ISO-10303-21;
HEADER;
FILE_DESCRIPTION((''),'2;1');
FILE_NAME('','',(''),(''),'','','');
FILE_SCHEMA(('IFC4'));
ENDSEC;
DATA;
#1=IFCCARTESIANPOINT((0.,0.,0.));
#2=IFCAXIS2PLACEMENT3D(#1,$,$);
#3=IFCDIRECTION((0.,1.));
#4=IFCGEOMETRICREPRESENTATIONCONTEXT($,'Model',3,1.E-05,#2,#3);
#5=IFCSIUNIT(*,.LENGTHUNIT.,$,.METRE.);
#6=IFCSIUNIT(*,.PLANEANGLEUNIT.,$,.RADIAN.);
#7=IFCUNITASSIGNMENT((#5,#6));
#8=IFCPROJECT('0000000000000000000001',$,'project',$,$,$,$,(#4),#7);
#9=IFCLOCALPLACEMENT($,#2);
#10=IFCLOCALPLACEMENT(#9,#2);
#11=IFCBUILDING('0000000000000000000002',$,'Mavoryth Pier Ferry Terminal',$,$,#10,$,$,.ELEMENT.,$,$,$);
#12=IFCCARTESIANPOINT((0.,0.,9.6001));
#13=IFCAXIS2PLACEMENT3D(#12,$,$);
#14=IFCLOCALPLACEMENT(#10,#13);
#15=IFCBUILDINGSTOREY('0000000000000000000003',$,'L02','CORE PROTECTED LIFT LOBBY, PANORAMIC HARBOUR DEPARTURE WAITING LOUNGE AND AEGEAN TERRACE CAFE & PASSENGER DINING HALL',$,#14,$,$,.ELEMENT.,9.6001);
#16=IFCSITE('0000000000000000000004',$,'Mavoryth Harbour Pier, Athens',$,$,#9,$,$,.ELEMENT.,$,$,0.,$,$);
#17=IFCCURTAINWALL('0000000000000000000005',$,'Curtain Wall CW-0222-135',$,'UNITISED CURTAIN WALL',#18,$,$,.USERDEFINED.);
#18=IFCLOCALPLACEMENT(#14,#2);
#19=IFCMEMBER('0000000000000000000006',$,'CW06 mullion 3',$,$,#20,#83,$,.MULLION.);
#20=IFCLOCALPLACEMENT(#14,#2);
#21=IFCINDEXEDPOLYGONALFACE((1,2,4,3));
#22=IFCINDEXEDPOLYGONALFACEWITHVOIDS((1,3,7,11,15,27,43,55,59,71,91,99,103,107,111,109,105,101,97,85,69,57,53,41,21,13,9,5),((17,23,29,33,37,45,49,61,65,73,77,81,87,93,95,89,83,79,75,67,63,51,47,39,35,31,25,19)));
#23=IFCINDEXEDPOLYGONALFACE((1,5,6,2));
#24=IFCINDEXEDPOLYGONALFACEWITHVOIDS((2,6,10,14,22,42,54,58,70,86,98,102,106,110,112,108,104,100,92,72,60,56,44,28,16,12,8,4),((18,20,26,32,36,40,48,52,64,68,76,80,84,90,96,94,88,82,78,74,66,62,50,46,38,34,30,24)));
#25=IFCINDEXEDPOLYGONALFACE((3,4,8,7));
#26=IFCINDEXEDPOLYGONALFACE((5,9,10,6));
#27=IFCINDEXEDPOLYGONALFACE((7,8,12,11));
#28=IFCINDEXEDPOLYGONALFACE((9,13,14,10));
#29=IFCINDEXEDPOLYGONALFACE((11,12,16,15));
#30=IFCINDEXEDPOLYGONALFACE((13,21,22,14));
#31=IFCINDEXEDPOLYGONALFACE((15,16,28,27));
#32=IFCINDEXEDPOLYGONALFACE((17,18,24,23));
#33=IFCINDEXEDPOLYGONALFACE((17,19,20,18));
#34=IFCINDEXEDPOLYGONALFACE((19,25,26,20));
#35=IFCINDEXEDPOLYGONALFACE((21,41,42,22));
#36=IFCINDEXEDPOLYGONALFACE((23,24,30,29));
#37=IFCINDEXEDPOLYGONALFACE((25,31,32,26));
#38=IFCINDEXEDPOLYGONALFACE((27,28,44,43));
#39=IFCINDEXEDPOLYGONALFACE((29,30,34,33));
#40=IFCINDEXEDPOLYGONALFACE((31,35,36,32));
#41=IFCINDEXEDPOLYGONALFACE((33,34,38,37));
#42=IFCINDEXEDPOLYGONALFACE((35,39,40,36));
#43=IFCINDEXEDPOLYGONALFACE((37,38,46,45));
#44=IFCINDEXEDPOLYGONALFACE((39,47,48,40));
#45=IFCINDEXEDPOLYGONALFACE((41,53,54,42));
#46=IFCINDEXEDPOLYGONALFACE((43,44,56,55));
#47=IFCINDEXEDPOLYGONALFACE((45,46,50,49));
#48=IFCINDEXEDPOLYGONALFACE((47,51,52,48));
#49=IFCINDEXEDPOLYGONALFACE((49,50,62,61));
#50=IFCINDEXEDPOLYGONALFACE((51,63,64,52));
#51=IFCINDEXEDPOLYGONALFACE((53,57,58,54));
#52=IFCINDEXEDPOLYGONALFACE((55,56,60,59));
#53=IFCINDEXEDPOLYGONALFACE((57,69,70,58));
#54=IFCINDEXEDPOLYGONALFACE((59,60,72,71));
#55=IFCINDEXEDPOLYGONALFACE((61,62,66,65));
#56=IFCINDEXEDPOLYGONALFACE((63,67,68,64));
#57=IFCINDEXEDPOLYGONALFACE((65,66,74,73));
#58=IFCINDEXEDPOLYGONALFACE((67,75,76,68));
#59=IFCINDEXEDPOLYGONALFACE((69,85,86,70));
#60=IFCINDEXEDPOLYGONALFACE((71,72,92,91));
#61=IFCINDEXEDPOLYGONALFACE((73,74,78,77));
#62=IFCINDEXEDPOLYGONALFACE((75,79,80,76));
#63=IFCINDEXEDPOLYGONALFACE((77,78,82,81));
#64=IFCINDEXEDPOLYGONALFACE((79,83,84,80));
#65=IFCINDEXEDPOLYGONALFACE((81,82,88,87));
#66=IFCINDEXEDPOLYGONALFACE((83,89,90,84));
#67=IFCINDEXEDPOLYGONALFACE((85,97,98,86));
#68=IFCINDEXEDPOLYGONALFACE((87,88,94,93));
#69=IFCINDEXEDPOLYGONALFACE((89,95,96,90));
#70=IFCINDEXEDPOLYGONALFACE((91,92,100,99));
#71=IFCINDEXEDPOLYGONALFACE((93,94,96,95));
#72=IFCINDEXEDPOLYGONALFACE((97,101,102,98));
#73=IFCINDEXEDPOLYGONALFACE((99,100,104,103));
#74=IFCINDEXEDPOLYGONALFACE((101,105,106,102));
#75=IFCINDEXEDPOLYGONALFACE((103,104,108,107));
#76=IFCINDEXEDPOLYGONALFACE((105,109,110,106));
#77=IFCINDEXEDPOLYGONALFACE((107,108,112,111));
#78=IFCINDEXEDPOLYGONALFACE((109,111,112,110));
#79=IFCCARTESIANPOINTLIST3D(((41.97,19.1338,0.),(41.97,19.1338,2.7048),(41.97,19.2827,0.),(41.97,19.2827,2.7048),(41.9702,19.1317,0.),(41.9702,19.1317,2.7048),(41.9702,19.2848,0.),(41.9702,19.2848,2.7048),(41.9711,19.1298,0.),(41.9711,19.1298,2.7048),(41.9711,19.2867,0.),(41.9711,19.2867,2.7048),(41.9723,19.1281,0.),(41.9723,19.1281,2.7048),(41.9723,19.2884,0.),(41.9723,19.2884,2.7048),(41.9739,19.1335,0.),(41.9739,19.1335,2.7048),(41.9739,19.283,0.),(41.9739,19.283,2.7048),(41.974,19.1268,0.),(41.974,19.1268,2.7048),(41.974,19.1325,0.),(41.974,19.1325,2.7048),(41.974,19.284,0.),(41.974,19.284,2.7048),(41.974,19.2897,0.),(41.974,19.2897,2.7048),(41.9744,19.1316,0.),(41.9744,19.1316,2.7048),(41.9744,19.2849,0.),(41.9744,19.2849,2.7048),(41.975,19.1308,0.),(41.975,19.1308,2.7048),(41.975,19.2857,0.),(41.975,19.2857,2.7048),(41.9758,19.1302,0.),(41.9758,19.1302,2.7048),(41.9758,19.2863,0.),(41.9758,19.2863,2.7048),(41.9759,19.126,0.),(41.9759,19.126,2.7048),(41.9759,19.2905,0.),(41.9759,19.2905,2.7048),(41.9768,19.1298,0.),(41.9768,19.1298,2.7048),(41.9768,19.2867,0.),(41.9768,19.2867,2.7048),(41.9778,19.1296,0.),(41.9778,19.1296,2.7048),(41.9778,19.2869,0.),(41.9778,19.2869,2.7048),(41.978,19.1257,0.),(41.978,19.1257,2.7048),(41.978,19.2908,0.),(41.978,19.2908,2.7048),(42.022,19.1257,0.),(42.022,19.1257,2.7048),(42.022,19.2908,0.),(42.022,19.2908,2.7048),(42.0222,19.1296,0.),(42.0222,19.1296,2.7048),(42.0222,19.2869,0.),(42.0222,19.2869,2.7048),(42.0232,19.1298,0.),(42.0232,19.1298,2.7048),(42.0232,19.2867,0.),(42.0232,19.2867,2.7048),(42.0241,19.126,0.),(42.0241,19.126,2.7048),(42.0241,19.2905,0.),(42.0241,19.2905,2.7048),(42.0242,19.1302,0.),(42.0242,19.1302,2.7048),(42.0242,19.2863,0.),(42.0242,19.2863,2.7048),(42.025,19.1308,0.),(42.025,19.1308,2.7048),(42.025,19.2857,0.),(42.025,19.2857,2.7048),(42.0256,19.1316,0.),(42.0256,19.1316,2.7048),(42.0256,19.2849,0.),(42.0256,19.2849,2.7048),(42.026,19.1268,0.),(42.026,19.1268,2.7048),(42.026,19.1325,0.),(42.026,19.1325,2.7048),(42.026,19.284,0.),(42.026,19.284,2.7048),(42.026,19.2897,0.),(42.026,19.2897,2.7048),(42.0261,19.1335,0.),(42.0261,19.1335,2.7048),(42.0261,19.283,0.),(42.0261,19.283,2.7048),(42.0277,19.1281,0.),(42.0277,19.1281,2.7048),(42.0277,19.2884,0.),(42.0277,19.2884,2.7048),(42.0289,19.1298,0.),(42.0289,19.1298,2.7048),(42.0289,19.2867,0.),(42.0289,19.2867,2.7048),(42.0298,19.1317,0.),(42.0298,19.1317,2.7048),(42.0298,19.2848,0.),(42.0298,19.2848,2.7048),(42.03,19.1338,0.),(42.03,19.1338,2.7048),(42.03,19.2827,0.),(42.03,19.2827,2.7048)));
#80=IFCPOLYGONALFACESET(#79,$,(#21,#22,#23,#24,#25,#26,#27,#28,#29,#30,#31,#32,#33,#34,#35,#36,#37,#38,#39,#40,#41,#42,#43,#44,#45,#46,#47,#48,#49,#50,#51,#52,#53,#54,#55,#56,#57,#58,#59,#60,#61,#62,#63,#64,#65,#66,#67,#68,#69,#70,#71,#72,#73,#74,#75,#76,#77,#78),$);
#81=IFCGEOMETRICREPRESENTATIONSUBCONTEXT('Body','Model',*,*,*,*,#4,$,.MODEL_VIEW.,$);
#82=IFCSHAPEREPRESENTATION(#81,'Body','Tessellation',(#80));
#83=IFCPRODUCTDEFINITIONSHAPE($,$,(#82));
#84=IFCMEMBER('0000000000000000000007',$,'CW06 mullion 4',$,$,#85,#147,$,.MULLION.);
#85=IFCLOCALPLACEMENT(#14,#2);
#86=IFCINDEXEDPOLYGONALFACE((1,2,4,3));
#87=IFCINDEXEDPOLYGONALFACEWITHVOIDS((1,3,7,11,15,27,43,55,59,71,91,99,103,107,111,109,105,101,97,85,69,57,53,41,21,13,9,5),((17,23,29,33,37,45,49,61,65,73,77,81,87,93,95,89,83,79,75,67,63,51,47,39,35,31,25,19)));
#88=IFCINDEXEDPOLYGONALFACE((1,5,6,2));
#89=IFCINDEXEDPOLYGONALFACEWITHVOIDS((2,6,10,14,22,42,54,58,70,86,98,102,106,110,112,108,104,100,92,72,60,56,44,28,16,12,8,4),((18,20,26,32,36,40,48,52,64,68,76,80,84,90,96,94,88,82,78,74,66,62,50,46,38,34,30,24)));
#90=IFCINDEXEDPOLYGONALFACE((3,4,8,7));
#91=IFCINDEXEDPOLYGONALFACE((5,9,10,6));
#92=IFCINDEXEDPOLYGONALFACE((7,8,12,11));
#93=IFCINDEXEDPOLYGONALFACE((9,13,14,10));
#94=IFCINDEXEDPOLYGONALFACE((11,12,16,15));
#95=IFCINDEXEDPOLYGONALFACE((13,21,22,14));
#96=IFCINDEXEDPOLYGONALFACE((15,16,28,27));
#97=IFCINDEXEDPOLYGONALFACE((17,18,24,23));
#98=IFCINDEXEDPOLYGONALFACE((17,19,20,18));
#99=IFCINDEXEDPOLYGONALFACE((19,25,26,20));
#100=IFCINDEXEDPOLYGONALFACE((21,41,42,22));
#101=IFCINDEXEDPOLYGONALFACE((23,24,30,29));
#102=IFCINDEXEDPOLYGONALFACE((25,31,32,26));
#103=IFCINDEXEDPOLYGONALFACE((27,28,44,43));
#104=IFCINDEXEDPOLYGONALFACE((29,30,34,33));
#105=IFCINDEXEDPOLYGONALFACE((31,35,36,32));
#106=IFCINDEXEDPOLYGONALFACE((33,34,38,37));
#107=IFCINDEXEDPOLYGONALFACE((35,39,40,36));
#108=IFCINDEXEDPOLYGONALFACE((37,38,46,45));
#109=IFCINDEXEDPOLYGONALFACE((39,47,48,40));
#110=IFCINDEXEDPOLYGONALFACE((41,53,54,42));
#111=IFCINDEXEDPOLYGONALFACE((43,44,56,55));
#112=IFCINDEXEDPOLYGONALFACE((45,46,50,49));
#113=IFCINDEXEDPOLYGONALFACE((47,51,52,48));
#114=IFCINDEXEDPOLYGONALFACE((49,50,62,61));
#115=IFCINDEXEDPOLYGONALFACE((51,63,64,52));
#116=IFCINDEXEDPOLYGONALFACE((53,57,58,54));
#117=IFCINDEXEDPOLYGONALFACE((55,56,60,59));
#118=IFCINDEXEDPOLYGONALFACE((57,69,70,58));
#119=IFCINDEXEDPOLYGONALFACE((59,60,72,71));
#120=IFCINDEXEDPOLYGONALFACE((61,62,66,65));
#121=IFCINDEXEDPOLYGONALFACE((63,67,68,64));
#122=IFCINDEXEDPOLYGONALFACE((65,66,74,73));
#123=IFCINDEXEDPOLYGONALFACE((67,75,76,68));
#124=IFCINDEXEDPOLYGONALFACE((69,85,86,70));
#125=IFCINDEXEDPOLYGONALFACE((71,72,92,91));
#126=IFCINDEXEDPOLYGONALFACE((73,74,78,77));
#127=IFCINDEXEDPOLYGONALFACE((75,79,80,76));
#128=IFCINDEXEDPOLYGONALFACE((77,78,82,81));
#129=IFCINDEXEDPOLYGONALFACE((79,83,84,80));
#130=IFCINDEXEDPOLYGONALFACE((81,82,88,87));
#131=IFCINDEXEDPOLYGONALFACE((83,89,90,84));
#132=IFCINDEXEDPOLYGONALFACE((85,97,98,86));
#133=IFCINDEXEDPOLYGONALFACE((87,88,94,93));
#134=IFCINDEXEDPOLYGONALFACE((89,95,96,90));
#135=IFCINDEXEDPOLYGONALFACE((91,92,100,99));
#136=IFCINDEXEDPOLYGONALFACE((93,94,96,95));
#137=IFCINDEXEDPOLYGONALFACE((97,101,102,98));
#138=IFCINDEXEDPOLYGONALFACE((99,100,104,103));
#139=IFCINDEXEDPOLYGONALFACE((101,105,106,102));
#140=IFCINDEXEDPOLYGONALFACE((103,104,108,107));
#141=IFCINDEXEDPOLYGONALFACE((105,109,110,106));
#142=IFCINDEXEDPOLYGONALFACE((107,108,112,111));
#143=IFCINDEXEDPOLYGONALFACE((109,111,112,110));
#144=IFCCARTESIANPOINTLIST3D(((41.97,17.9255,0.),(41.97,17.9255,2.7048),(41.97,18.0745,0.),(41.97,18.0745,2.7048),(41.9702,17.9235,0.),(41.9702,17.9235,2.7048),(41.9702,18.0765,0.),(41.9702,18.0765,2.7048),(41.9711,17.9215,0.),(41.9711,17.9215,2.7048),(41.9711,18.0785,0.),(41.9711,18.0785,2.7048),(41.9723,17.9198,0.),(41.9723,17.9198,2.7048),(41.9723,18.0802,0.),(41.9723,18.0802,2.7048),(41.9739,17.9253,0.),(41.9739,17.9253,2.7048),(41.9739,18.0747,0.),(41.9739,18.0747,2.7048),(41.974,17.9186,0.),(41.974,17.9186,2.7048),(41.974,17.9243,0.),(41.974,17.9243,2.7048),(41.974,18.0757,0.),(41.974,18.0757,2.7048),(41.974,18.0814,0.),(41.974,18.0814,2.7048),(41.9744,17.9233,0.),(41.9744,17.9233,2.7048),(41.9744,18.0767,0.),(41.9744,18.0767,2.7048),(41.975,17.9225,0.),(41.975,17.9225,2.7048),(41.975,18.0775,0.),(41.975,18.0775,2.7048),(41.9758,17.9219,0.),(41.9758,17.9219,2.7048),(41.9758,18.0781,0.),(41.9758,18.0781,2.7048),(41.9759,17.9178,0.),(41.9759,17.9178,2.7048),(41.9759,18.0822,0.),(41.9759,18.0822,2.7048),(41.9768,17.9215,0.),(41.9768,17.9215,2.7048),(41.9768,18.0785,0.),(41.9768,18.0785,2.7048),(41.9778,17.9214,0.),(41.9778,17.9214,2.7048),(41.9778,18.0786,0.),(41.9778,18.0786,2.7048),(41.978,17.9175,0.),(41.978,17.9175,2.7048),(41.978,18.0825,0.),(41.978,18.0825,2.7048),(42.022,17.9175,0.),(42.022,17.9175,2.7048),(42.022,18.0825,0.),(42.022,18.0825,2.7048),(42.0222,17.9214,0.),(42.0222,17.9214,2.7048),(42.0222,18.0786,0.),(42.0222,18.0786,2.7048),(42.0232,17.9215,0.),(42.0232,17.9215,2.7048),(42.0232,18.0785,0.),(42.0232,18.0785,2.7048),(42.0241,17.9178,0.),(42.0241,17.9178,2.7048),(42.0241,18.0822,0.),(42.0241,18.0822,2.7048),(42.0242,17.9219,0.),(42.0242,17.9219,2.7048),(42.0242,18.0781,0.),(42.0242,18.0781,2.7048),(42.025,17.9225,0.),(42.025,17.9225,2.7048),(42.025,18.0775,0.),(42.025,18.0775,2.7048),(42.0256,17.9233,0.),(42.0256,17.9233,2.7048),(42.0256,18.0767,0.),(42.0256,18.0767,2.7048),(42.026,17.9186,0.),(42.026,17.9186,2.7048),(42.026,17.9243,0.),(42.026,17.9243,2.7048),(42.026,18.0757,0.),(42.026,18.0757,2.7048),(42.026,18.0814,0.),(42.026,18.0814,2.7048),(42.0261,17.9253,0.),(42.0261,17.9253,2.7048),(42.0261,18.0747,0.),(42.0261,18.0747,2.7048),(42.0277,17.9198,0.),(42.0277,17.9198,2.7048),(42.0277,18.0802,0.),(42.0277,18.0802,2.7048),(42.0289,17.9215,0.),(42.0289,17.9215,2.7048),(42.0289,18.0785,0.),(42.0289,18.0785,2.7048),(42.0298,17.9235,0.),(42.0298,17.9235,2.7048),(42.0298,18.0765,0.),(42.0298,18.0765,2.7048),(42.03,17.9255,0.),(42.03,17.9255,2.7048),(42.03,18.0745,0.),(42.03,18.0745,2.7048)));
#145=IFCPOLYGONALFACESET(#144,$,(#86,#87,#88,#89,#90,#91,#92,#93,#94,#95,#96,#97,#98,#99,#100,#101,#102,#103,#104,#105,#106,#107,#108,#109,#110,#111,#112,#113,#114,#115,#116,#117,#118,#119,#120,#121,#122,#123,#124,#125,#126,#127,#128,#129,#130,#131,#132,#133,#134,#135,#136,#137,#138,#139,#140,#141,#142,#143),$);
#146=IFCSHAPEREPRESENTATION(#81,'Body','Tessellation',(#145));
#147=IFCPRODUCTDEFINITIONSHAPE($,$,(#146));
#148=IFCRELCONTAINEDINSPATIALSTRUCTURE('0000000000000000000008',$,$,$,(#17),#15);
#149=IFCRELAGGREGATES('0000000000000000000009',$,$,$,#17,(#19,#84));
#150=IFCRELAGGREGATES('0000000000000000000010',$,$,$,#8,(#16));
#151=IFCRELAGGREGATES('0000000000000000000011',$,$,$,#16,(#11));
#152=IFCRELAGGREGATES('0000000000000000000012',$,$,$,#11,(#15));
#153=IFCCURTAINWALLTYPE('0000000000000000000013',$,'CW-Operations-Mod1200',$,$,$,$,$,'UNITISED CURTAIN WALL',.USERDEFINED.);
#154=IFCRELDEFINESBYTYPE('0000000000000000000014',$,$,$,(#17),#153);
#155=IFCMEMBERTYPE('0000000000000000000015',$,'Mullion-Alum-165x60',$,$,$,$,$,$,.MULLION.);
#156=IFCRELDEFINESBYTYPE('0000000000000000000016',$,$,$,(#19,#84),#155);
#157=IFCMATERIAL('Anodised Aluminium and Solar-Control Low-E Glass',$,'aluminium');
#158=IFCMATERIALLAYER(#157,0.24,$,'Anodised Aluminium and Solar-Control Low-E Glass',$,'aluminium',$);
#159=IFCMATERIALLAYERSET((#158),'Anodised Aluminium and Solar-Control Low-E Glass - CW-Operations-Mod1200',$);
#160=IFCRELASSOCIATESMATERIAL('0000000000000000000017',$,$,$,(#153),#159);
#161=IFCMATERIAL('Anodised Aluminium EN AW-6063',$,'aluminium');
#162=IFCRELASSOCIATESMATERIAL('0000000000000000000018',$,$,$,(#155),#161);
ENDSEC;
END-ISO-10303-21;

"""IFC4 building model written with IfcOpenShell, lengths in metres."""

from ifc_helpers import new_model, si_unit, direction, frame, origin, origin_2d, place, context, subcontext, project, spatial, hollow_rectangle, extrude, material, layer, layer_set, material_profile, profile_set, type_object, element, aggregate, save


model = new_model("IFC4")

# Units and contexts
model_context = context("Model", 3, precision=1e-05, world=origin(), true_north=direction((0.0, 1.0)))
body_context = subcontext(model_context, "Body", "Model", "MODEL_VIEW")
ifc_project = project(units=[si_unit("LENGTHUNIT", "METRE"), si_unit("PLANEANGLEUNIT", "RADIAN")], contexts=[model_context])

# Site, building, storey
site_placement = place(None, origin())
site = spatial("IfcSite", under=ifc_project, at=site_placement, Name="Mavoryth Harbour Pier, Athens", CompositionType="ELEMENT", RefElevation=0.0)
building_placement = place(site_placement, origin())
building = spatial("IfcBuilding", under=site, at=building_placement, Name="Mavoryth Pier Ferry Terminal", CompositionType="ELEMENT")
storey_placement = place(building_placement, frame((0.0, 0.0, 9.6001)))
storey = spatial("IfcBuildingStorey", under=building, at=storey_placement, Name="L02", Description="CORE PROTECTED LIFT LOBBY, PANORAMIC HARBOUR DEPARTURE WAITING LOUNGE AND AEGEAN TERRACE CAFE & PASSENGER DINING HALL", CompositionType="ELEMENT", Elevation=9.6001)

# Curtain wall, members
ifc_material_1 = material(Name="Anodised Aluminium and Solar-Control Low-E Glass", Category="aluminium")
ifc_layer_1 = layer(ifc_material_1, 0.24, Name="Anodised Aluminium and Solar-Control Low-E Glass", Category="aluminium")
ifc_layer_set_1 = layer_set([ifc_layer_1], Name="Anodised Aluminium and Solar-Control Low-E Glass - CW-Operations-Mod1200")
curtain_wall_type = type_object("IfcCurtainWallType", Name="CW-Operations-Mod1200", ElementType="UNITISED CURTAIN WALL", PredefinedType="USERDEFINED", material=ifc_layer_set_1)
curtain_wall_placement = place(storey_placement, origin())
curtain_wall = element("IfcCurtainWall", 1, at=curtain_wall_placement, inside=storey, type_object=curtain_wall_type, Name="Curtain Wall CW-0222-135", ObjectType="UNITISED CURTAIN WALL", PredefinedType="USERDEFINED")
ifc_material_2 = material(Name="Anodised Aluminium EN AW-6063", Category="aluminium")
ifc_material_profile_1 = material_profile(ifc_material_2, hollow_rectangle(XDim=0.0601, YDim=0.165, WallThickness=0.0039, InnerFilletRadius=0.0039, OuterFilletRadius=0.0081, at=origin_2d()), Name="AL-MULL 165x60x4", Category="aluminium")
ifc_profile_set_1 = profile_set([ifc_material_profile_1], Name="Anodised Aluminium EN AW-6063 - AL-MULL 165x60x4")
member_type_1 = type_object("IfcMemberType", Name="Mullion-Alum-165x60", PredefinedType="MULLION", material=ifc_profile_set_1)
member_1_placement = place(storey_placement, frame((42.0, 19.2083, 0.0), z_axis=(0.0, 0.0, 1.0), x_axis=(1.0, 0.0, 0.0)))
member_1 = element("IfcMember", 2, at=member_1_placement, type_object=member_type_1, Name="CW06 mullion 3", PredefinedType="MULLION", context=body_context, shape_type="SweptSolid", body=[
    extrude(hollow_rectangle(XDim=0.0601, YDim=0.165, WallThickness=0.0039, InnerFilletRadius=0.0039, OuterFilletRadius=0.0081, at=origin_2d()), origin(), (0.0, 0.0, 1.0), 2.7048),
])
member_2_placement = place(storey_placement, frame((42.0, 18.0, 0.0), z_axis=(0.0, 0.0, 1.0), x_axis=(1.0, 0.0, 0.0)))
member_2 = element("IfcMember", 3, at=member_2_placement, type_object=member_type_1, Name="CW06 mullion 4", PredefinedType="MULLION", context=body_context, shape_type="SweptSolid", body=[
    extrude(hollow_rectangle(XDim=0.0601, YDim=0.165, WallThickness=0.0039, InnerFilletRadius=0.0039, OuterFilletRadius=0.0081, at=origin_2d()), origin(), (0.0, 0.0, 1.0), 2.7048),
])

aggregate(curtain_wall, [member_1, member_2])

save(model, "model.ifc")
